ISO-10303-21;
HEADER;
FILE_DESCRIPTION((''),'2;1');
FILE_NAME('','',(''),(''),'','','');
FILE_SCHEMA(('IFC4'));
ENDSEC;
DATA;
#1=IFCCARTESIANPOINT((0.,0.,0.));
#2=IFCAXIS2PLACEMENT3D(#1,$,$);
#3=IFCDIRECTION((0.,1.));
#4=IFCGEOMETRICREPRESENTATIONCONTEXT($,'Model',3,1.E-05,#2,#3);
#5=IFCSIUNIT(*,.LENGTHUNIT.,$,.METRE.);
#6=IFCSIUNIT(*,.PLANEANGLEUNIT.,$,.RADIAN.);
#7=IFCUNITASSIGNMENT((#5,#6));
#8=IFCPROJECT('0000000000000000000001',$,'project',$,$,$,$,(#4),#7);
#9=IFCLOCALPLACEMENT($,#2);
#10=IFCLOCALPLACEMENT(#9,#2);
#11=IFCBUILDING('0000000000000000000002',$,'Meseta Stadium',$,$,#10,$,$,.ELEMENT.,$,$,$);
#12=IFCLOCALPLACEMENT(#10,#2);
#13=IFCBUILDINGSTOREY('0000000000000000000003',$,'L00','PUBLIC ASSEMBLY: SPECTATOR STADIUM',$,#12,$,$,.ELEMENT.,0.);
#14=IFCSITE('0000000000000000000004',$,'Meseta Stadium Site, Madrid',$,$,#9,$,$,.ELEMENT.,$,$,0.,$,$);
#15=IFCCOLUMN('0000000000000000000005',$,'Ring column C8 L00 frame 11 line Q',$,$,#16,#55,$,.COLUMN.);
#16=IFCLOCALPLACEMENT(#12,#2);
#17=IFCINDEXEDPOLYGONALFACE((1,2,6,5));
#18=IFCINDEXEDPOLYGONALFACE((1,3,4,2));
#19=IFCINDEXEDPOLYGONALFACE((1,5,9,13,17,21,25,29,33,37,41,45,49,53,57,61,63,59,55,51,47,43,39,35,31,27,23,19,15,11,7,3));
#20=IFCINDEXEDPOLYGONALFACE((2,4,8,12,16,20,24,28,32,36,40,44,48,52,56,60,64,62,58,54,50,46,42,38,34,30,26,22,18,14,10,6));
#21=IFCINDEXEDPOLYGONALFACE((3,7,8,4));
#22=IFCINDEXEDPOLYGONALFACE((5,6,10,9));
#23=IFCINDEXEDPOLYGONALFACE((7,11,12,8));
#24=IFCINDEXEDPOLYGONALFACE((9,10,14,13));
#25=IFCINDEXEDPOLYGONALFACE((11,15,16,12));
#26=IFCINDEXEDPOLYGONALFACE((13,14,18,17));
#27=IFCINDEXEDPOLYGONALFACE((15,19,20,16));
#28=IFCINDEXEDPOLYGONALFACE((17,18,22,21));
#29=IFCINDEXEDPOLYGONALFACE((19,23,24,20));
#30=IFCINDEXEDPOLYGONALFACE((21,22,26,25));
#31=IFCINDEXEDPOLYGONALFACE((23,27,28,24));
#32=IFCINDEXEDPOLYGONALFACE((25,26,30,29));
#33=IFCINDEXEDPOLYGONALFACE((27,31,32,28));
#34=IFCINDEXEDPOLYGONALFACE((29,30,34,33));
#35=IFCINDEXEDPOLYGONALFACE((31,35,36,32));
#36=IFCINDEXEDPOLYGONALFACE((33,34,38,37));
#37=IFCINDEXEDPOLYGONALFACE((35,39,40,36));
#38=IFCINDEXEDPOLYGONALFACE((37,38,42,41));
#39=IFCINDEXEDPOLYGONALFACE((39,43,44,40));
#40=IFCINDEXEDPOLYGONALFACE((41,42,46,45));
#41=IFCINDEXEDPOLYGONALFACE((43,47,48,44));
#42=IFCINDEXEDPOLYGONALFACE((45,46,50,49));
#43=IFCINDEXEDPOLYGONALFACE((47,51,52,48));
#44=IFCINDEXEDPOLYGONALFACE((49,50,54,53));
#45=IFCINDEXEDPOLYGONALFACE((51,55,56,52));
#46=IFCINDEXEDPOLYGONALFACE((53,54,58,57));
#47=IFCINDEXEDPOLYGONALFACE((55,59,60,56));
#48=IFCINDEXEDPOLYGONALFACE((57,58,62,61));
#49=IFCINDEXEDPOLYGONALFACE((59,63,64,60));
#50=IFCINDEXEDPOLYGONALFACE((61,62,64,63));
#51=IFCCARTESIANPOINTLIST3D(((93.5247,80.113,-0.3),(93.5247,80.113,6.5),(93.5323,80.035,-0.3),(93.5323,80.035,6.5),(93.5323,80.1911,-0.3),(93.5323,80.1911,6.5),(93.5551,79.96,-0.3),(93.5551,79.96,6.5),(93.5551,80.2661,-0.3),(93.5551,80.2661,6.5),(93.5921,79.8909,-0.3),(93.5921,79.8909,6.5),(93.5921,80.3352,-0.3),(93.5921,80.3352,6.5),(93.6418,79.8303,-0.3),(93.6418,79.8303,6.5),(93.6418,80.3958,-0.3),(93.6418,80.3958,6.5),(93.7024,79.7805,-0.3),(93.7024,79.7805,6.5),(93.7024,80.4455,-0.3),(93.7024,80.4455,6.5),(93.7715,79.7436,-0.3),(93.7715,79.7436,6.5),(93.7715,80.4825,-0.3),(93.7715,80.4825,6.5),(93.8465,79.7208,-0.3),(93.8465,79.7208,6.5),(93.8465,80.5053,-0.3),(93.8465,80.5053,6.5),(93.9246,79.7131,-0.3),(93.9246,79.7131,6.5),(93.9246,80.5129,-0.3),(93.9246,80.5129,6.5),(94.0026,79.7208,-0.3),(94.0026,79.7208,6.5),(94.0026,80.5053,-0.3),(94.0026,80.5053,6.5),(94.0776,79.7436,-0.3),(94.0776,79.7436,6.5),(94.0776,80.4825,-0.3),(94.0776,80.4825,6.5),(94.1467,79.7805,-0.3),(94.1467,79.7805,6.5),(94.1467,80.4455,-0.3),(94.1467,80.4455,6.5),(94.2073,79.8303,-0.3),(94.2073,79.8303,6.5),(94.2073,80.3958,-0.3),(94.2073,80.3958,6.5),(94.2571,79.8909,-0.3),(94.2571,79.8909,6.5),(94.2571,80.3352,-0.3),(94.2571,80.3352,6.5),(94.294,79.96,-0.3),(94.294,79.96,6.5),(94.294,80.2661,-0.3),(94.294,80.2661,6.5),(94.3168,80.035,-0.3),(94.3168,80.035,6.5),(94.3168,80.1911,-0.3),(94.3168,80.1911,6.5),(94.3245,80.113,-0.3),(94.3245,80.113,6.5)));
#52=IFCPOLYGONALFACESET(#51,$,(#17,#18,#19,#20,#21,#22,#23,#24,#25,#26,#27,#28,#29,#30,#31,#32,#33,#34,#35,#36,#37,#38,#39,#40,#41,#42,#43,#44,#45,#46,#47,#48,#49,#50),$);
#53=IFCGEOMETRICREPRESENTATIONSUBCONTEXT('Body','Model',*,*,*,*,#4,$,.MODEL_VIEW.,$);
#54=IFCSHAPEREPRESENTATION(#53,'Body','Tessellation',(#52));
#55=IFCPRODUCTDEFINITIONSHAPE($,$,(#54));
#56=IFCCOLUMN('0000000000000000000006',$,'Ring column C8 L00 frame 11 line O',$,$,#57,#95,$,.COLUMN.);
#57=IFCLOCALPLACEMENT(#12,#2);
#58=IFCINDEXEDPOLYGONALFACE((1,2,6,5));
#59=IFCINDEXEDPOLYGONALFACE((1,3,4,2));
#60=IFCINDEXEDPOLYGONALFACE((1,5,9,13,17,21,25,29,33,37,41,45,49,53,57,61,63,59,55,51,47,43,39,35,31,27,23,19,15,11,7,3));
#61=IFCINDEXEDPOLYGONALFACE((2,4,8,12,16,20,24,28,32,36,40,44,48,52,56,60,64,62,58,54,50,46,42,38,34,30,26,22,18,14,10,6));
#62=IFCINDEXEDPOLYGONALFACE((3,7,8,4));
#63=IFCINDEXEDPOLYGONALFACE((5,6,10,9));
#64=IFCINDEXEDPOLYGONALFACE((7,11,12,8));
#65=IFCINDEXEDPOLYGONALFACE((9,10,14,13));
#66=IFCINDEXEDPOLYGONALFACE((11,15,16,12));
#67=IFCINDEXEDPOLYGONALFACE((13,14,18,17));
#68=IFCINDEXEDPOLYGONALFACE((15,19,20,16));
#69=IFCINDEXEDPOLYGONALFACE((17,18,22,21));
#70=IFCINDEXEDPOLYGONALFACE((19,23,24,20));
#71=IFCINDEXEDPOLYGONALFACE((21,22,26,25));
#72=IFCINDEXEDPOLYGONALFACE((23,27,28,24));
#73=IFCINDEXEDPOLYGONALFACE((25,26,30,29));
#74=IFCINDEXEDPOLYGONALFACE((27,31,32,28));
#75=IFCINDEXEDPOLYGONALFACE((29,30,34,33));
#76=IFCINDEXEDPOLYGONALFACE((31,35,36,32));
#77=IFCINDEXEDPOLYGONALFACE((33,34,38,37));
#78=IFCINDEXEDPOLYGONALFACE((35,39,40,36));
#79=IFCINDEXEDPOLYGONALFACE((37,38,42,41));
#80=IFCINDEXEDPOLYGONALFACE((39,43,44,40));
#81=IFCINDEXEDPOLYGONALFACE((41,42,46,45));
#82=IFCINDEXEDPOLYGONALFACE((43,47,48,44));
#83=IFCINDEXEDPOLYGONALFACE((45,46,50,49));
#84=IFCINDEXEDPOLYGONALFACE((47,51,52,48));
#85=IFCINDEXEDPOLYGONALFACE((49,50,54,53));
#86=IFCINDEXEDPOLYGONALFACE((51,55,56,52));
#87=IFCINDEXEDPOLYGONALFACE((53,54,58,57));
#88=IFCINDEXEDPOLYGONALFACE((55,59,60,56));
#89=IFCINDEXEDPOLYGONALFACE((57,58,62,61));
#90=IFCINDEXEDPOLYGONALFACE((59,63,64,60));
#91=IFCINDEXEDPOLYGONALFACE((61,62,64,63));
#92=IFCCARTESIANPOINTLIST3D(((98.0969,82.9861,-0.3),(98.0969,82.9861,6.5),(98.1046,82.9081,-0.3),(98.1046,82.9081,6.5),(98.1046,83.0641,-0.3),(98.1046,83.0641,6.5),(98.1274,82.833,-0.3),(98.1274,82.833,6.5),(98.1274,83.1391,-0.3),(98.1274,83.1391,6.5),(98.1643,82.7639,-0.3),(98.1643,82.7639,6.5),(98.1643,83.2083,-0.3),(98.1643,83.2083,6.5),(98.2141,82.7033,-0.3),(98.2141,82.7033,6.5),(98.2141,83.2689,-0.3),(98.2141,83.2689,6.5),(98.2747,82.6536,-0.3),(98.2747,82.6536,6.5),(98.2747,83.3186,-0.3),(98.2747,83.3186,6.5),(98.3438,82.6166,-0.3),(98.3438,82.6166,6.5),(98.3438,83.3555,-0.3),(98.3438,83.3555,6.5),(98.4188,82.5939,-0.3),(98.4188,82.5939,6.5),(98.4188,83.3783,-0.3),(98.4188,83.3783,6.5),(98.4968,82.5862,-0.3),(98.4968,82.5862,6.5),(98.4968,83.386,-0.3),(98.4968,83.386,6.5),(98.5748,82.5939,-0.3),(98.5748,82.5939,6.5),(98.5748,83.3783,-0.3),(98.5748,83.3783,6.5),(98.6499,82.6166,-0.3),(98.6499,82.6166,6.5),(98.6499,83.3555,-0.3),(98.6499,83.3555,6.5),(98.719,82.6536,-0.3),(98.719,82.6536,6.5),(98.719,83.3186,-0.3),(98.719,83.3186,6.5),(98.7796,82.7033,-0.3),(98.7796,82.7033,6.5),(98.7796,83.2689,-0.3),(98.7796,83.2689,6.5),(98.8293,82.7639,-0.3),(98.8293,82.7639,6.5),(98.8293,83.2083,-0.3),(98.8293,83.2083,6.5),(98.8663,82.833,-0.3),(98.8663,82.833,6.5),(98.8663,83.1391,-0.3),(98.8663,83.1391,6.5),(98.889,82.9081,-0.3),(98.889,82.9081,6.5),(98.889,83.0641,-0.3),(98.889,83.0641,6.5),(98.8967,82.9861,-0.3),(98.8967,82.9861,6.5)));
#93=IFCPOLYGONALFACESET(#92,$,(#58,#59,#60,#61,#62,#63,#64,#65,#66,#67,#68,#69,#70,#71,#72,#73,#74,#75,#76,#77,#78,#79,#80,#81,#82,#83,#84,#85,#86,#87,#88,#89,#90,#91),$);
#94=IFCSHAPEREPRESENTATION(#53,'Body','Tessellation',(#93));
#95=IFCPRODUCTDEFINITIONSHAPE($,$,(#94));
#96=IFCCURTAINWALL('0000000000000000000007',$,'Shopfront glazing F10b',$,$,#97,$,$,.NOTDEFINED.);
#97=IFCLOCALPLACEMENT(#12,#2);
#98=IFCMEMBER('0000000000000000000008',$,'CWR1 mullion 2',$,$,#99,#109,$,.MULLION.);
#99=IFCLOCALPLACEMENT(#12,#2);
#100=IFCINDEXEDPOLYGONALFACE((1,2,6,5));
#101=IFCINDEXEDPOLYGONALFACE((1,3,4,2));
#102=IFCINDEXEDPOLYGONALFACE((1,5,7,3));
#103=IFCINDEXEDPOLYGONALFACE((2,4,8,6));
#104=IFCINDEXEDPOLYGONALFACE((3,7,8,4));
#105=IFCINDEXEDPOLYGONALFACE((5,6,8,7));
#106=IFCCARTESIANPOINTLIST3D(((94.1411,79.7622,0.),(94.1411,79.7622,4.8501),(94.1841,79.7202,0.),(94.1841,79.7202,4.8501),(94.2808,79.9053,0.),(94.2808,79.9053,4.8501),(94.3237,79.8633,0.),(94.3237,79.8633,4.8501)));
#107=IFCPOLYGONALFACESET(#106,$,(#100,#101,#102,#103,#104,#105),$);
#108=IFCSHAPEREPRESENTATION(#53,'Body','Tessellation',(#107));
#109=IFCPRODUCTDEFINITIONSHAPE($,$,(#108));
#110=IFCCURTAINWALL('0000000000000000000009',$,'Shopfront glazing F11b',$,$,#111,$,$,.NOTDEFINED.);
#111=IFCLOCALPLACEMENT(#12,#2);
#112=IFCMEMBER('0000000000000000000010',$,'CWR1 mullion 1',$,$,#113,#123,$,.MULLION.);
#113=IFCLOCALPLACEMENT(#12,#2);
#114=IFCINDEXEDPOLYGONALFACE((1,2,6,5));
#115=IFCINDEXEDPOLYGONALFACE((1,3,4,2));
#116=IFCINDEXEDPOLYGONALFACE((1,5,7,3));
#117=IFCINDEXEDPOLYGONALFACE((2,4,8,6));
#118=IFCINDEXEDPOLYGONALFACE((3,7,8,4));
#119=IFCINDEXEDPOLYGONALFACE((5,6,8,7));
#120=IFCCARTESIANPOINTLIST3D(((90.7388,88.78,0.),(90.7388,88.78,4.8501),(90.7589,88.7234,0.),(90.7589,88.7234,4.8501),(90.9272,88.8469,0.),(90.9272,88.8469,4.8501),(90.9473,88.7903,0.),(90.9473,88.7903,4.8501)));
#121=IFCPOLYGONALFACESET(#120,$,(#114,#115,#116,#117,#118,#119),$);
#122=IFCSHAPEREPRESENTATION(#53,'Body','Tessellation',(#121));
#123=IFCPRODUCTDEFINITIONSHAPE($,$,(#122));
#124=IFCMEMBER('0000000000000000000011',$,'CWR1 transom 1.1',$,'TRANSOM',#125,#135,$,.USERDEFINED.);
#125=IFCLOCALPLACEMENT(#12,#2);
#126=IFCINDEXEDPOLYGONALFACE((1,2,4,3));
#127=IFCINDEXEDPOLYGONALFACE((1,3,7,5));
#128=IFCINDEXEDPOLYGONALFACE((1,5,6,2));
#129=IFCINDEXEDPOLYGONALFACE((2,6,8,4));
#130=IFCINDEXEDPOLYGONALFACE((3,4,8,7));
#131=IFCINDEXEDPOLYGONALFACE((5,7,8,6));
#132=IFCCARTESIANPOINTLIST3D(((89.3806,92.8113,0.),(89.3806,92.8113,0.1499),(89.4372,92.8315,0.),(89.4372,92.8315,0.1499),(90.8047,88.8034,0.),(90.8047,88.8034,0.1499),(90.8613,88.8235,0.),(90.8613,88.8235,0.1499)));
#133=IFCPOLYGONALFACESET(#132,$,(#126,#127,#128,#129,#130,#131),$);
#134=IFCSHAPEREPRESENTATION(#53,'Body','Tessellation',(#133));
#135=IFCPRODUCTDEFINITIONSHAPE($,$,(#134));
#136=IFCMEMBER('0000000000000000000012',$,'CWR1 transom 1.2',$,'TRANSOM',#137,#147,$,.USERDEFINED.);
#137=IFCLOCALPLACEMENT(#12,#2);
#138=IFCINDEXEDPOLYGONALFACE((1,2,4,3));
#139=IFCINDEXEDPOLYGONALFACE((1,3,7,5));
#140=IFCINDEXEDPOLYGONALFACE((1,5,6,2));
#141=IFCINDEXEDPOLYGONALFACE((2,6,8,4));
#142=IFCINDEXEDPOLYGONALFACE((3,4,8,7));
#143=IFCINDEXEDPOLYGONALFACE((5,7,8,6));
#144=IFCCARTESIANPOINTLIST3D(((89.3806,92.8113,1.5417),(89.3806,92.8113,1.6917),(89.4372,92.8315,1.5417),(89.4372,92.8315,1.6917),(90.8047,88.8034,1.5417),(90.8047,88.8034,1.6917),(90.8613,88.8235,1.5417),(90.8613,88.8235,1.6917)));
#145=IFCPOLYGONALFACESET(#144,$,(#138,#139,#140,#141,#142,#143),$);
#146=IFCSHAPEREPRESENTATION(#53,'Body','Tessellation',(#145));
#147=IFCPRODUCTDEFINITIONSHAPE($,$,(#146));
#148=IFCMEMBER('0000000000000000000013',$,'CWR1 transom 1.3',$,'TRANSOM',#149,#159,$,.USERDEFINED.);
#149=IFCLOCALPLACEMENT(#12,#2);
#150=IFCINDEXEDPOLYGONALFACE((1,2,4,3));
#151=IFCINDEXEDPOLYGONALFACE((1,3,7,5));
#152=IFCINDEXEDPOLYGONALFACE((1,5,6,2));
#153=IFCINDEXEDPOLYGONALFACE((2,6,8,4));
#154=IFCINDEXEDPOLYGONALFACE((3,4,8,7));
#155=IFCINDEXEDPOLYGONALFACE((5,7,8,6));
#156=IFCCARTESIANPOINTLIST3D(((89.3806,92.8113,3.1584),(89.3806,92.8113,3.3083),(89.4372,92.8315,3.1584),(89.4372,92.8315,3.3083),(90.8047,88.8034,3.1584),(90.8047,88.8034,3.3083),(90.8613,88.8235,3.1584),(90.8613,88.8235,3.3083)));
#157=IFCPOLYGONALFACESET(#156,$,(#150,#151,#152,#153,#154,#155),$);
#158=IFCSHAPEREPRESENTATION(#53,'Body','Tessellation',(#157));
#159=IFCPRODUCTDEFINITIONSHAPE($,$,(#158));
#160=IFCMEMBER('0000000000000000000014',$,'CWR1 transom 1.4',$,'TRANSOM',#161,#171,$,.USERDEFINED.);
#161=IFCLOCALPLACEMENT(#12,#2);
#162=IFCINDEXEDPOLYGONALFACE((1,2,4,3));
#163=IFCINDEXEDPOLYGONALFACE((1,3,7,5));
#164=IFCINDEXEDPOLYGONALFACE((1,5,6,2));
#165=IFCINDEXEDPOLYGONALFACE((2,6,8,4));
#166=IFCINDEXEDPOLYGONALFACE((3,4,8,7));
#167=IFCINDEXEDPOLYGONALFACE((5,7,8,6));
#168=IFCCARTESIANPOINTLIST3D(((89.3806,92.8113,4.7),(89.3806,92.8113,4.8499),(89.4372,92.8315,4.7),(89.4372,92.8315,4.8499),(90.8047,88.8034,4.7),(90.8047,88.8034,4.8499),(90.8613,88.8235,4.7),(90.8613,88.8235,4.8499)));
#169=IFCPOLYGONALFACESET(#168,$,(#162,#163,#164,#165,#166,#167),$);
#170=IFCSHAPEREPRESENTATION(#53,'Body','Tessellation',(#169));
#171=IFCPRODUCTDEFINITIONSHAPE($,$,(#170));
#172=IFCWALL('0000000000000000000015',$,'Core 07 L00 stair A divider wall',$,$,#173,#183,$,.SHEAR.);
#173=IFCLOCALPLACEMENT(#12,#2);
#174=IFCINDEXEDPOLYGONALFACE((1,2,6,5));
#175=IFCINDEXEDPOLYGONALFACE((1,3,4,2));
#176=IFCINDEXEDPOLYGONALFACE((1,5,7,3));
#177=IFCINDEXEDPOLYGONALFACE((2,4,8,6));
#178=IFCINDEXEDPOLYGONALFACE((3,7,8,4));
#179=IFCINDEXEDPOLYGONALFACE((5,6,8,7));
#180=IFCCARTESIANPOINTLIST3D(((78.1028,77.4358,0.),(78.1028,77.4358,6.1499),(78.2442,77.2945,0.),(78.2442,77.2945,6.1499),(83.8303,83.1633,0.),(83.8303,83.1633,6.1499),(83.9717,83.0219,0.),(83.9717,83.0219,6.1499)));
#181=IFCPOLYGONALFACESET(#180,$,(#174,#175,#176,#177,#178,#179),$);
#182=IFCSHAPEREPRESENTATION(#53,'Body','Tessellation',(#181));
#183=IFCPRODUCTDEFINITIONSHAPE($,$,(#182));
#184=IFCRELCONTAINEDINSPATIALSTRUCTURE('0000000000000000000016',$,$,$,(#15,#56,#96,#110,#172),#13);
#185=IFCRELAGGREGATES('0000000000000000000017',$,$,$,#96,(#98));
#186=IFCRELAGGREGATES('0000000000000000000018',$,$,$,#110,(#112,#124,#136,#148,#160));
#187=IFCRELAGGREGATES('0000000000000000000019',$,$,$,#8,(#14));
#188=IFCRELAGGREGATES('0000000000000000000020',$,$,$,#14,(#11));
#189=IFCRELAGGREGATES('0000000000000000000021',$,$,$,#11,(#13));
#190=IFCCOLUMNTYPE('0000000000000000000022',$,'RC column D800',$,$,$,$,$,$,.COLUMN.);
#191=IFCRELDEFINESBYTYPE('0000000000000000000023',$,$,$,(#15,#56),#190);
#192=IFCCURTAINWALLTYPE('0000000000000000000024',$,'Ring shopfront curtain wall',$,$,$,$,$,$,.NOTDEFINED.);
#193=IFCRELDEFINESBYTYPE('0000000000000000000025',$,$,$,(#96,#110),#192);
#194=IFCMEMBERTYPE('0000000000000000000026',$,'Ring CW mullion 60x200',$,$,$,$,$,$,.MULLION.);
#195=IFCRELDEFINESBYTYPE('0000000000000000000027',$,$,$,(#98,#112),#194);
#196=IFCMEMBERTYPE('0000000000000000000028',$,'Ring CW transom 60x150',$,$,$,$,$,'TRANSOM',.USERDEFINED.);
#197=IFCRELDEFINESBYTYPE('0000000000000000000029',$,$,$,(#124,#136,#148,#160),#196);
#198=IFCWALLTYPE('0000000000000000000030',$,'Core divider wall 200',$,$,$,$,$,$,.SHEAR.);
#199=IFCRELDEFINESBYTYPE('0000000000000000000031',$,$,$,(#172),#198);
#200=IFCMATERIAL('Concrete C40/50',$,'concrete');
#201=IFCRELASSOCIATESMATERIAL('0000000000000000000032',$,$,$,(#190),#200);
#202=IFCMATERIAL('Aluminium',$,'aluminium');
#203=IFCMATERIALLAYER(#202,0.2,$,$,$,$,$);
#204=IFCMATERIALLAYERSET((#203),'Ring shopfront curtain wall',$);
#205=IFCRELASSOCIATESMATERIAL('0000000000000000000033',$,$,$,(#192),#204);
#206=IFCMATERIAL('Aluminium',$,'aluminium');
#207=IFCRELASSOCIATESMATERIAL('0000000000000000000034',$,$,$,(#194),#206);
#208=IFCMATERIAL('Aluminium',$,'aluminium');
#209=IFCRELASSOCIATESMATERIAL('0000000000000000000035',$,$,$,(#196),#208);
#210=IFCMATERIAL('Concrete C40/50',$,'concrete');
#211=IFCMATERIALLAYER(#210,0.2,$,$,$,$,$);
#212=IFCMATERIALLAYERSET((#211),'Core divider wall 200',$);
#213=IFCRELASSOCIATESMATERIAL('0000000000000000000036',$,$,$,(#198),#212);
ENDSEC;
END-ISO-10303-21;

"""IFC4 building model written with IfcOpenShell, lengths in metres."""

from ifc_helpers import new_model, si_unit, direction, frame, frame_2d, origin, origin_2d, place, context, subcontext, project, spatial, rectangle, circle, extrude, material, layer, layer_set, material_profile, profile_set, type_object, element, aggregate, save


model = new_model("IFC4")

# Units and contexts
model_context = context("Model", 3, precision=1e-05, world=origin(), true_north=direction((0.0, 1.0)))
body_context = subcontext(model_context, "Body", "Model", "MODEL_VIEW")
ifc_project = project(units=[si_unit("LENGTHUNIT", "METRE"), si_unit("PLANEANGLEUNIT", "RADIAN")], contexts=[model_context])

# Site, building, storey
site_placement = place(None, origin())
site = spatial("IfcSite", under=ifc_project, at=site_placement, Name="Meseta Stadium Site, Madrid", CompositionType="ELEMENT", RefElevation=0.0)
building_placement = place(site_placement, origin())
building = spatial("IfcBuilding", under=site, at=building_placement, Name="Meseta Stadium", CompositionType="ELEMENT")
storey_placement = place(building_placement, origin())
storey = spatial("IfcBuildingStorey", under=building, at=storey_placement, Name="L00", Description="PUBLIC ASSEMBLY: SPECTATOR STADIUM", CompositionType="ELEMENT", Elevation=0.0)

# Columns
ifc_material_1 = material(Name="Concrete C40/50", Category="concrete")
ifc_material_profile_1 = material_profile(ifc_material_1, circle(Radius=0.3999, at=origin_2d()), Name="RC D800")
ifc_profile_set_1 = profile_set([ifc_material_profile_1], Name="Concrete C40/50")
column_type = type_object("IfcColumnType", Name="RC column D800", PredefinedType="COLUMN", material=ifc_profile_set_1)
for number, where, z_axis, x_axis, name in (
    (1, (93.9246, 80.113, -0.3), (0.0, 0.0, 1.0), (1.0, 0.0, 0.0), "Ring column C8 L00 frame 11 line Q"),
    (2, (98.4968, 82.9861, -0.3), (0.0, 0.0, 1.0), (1.0, 0.0, 0.0), "Ring column C8 L00 frame 11 line O"),
):
    element("IfcColumn", number, at=place(storey_placement, frame(where, z_axis=z_axis, x_axis=x_axis)), inside=storey, type_object=column_type, Name=name, PredefinedType="COLUMN", context=body_context, shape_type="SweptSolid", body=[
        extrude(circle(Radius=0.3999, at=origin_2d()), origin(), (0.0, 0.0, 1.0), 6.8),
    ])

# Curtain wall, member
ifc_material_2 = material(Name="Aluminium", Category="aluminium")
ifc_layer_1 = layer(ifc_material_2, 0.2)
ifc_layer_set_1 = layer_set([ifc_layer_1], Name="Ring shopfront curtain wall")
curtain_wall_type = type_object("IfcCurtainWallType", Name="Ring shopfront curtain wall", PredefinedType="NOTDEFINED", material=ifc_layer_set_1)
curtain_wall_1_placement = place(storey_placement, origin())
curtain_wall_1 = element("IfcCurtainWall", 3, at=curtain_wall_1_placement, inside=storey, type_object=curtain_wall_type, Name="Shopfront glazing F10b", PredefinedType="NOTDEFINED")
ifc_material_3 = material(Name="Aluminium", Category="aluminium")
ifc_material_profile_2 = material_profile(ifc_material_3, rectangle(XDim=0.2, YDim=0.0601, at=origin_2d()), Name="CW 200x60")
ifc_profile_set_2 = profile_set([ifc_material_profile_2], Name="Aluminium")
member_type_1 = type_object("IfcMemberType", Name="Ring CW mullion 60x200", PredefinedType="MULLION", material=ifc_profile_set_2)
member_1_placement = place(storey_placement, frame((94.2324, 79.8127, 0.0), z_axis=(0.0, 0.0, 1.0), x_axis=(-0.698389, -0.715719, 0.0)))
member_1 = element("IfcMember", 4, at=member_1_placement, type_object=member_type_1, Name="CWR1 mullion 2", PredefinedType="MULLION", context=body_context, shape_type="SweptSolid", body=[
    extrude(rectangle(XDim=0.2, YDim=0.0601, at=origin_2d()), origin(), (0.0, 0.0, 1.0), 4.8501),
])
aggregate(curtain_wall_1, [member_1])

# Curtain wall, members
curtain_wall_2_placement = place(storey_placement, origin())
curtain_wall_2 = element("IfcCurtainWall", 5, at=curtain_wall_2_placement, inside=storey, type_object=curtain_wall_type, Name="Shopfront glazing F11b", PredefinedType="NOTDEFINED")
member_2_placement = place(storey_placement, frame((90.843, 88.7852, 0.0), z_axis=(0.0, 0.0, 1.0), x_axis=(-0.942283, -0.334818, 0.0)))
member_2 = element("IfcMember", 6, at=member_2_placement, type_object=member_type_1, Name="CWR1 mullion 1", PredefinedType="MULLION", context=body_context, shape_type="SweptSolid", body=[
    extrude(rectangle(XDim=0.2, YDim=0.0601, at=origin_2d()), origin(), (0.0, 0.0, 1.0), 4.8501),
])
ifc_material_4 = material(Name="Aluminium", Category="aluminium")
ifc_material_profile_3 = material_profile(ifc_material_4, rectangle(XDim=0.0601, YDim=0.1499, at=origin_2d()), Name="CW 60x150")
ifc_profile_set_3 = profile_set([ifc_material_profile_3], Name="Aluminium")
member_type_2 = type_object("IfcMemberType", Name="Ring CW transom 60x150", ElementType="TRANSOM", PredefinedType="USERDEFINED", material=ifc_profile_set_3)
member_3_placement = place(storey_placement, frame((90.833, 88.8135, 0.075), z_axis=(-0.334816, 0.942284, 0.0), x_axis=(-0.942284, -0.334816, 0.0)))
member_3 = element("IfcMember", 7, at=member_3_placement, type_object=member_type_2, Name="CWR1 transom 1.1", ObjectType="TRANSOM", PredefinedType="USERDEFINED", context=body_context, shape_type="SweptSolid", body=[
    extrude(rectangle(XDim=0.0601, YDim=0.1499, at=origin_2d()), origin(), (0.0, 0.0, 1.0), 4.2534),
])
member_4_placement = place(storey_placement, frame((90.833, 88.8135, 1.6167), z_axis=(-0.334816, 0.942284, 0.0), x_axis=(-0.942284, -0.334816, 0.0)))
member_4 = element("IfcMember", 8, at=member_4_placement, type_object=member_type_2, Name="CWR1 transom 1.2", ObjectType="TRANSOM", PredefinedType="USERDEFINED", context=body_context, shape_type="SweptSolid", body=[
    extrude(rectangle(XDim=0.0601, YDim=0.1499, at=origin_2d()), origin(), (0.0, 0.0, 1.0), 4.2534),
])
member_5_placement = place(storey_placement, frame((90.833, 88.8135, 3.2334), z_axis=(-0.334816, 0.942284, 0.0), x_axis=(-0.942284, -0.334816, 0.0)))
member_5 = element("IfcMember", 9, at=member_5_placement, type_object=member_type_2, Name="CWR1 transom 1.3", ObjectType="TRANSOM", PredefinedType="USERDEFINED", context=body_context, shape_type="SweptSolid", body=[
    extrude(rectangle(XDim=0.0601, YDim=0.1499, at=origin_2d()), origin(), (0.0, 0.0, 1.0), 4.2534),
])
member_6_placement = place(storey_placement, frame((90.833, 88.8135, 4.7749), z_axis=(-0.334816, 0.942284, 0.0), x_axis=(-0.942284, -0.334816, 0.0)))
member_6 = element("IfcMember", 10, at=member_6_placement, type_object=member_type_2, Name="CWR1 transom 1.4", ObjectType="TRANSOM", PredefinedType="USERDEFINED", context=body_context, shape_type="SweptSolid", body=[
    extrude(rectangle(XDim=0.0601, YDim=0.1499, at=origin_2d()), origin(), (0.0, 0.0, 1.0), 4.2534),
])
aggregate(curtain_wall_2, [member_2, member_3, member_4, member_5, member_6])

# Wall
ifc_material_5 = material(Name="Concrete C40/50", Category="concrete")
ifc_layer_2 = layer(ifc_material_5, 0.2)
ifc_layer_set_2 = layer_set([ifc_layer_2], Name="Core divider wall 200")
wall_type_1 = type_object("IfcWallType", Name="Core divider wall 200", PredefinedType="SHEAR", material=ifc_layer_set_2)
wall_1_placement = place(storey_placement, frame((83.9009, 83.0925, 0.0), z_axis=(0.0, 0.0, 1.0), x_axis=(-0.707107, -0.707107, 0.0)))
element("IfcWall", 11, at=wall_1_placement, inside=storey, type_object=wall_type_1, Name="Core 07 L00 stair A divider wall", PredefinedType="SHEAR", context=body_context, shape_type="SweptSolid", body=[
    extrude(rectangle(XDim=8.0999, YDim=0.2, at=frame_2d((4.0498, 0.0))), origin(), (0.0, 0.0, 1.0), 6.1499),
])

save(model, "model.ifc")
